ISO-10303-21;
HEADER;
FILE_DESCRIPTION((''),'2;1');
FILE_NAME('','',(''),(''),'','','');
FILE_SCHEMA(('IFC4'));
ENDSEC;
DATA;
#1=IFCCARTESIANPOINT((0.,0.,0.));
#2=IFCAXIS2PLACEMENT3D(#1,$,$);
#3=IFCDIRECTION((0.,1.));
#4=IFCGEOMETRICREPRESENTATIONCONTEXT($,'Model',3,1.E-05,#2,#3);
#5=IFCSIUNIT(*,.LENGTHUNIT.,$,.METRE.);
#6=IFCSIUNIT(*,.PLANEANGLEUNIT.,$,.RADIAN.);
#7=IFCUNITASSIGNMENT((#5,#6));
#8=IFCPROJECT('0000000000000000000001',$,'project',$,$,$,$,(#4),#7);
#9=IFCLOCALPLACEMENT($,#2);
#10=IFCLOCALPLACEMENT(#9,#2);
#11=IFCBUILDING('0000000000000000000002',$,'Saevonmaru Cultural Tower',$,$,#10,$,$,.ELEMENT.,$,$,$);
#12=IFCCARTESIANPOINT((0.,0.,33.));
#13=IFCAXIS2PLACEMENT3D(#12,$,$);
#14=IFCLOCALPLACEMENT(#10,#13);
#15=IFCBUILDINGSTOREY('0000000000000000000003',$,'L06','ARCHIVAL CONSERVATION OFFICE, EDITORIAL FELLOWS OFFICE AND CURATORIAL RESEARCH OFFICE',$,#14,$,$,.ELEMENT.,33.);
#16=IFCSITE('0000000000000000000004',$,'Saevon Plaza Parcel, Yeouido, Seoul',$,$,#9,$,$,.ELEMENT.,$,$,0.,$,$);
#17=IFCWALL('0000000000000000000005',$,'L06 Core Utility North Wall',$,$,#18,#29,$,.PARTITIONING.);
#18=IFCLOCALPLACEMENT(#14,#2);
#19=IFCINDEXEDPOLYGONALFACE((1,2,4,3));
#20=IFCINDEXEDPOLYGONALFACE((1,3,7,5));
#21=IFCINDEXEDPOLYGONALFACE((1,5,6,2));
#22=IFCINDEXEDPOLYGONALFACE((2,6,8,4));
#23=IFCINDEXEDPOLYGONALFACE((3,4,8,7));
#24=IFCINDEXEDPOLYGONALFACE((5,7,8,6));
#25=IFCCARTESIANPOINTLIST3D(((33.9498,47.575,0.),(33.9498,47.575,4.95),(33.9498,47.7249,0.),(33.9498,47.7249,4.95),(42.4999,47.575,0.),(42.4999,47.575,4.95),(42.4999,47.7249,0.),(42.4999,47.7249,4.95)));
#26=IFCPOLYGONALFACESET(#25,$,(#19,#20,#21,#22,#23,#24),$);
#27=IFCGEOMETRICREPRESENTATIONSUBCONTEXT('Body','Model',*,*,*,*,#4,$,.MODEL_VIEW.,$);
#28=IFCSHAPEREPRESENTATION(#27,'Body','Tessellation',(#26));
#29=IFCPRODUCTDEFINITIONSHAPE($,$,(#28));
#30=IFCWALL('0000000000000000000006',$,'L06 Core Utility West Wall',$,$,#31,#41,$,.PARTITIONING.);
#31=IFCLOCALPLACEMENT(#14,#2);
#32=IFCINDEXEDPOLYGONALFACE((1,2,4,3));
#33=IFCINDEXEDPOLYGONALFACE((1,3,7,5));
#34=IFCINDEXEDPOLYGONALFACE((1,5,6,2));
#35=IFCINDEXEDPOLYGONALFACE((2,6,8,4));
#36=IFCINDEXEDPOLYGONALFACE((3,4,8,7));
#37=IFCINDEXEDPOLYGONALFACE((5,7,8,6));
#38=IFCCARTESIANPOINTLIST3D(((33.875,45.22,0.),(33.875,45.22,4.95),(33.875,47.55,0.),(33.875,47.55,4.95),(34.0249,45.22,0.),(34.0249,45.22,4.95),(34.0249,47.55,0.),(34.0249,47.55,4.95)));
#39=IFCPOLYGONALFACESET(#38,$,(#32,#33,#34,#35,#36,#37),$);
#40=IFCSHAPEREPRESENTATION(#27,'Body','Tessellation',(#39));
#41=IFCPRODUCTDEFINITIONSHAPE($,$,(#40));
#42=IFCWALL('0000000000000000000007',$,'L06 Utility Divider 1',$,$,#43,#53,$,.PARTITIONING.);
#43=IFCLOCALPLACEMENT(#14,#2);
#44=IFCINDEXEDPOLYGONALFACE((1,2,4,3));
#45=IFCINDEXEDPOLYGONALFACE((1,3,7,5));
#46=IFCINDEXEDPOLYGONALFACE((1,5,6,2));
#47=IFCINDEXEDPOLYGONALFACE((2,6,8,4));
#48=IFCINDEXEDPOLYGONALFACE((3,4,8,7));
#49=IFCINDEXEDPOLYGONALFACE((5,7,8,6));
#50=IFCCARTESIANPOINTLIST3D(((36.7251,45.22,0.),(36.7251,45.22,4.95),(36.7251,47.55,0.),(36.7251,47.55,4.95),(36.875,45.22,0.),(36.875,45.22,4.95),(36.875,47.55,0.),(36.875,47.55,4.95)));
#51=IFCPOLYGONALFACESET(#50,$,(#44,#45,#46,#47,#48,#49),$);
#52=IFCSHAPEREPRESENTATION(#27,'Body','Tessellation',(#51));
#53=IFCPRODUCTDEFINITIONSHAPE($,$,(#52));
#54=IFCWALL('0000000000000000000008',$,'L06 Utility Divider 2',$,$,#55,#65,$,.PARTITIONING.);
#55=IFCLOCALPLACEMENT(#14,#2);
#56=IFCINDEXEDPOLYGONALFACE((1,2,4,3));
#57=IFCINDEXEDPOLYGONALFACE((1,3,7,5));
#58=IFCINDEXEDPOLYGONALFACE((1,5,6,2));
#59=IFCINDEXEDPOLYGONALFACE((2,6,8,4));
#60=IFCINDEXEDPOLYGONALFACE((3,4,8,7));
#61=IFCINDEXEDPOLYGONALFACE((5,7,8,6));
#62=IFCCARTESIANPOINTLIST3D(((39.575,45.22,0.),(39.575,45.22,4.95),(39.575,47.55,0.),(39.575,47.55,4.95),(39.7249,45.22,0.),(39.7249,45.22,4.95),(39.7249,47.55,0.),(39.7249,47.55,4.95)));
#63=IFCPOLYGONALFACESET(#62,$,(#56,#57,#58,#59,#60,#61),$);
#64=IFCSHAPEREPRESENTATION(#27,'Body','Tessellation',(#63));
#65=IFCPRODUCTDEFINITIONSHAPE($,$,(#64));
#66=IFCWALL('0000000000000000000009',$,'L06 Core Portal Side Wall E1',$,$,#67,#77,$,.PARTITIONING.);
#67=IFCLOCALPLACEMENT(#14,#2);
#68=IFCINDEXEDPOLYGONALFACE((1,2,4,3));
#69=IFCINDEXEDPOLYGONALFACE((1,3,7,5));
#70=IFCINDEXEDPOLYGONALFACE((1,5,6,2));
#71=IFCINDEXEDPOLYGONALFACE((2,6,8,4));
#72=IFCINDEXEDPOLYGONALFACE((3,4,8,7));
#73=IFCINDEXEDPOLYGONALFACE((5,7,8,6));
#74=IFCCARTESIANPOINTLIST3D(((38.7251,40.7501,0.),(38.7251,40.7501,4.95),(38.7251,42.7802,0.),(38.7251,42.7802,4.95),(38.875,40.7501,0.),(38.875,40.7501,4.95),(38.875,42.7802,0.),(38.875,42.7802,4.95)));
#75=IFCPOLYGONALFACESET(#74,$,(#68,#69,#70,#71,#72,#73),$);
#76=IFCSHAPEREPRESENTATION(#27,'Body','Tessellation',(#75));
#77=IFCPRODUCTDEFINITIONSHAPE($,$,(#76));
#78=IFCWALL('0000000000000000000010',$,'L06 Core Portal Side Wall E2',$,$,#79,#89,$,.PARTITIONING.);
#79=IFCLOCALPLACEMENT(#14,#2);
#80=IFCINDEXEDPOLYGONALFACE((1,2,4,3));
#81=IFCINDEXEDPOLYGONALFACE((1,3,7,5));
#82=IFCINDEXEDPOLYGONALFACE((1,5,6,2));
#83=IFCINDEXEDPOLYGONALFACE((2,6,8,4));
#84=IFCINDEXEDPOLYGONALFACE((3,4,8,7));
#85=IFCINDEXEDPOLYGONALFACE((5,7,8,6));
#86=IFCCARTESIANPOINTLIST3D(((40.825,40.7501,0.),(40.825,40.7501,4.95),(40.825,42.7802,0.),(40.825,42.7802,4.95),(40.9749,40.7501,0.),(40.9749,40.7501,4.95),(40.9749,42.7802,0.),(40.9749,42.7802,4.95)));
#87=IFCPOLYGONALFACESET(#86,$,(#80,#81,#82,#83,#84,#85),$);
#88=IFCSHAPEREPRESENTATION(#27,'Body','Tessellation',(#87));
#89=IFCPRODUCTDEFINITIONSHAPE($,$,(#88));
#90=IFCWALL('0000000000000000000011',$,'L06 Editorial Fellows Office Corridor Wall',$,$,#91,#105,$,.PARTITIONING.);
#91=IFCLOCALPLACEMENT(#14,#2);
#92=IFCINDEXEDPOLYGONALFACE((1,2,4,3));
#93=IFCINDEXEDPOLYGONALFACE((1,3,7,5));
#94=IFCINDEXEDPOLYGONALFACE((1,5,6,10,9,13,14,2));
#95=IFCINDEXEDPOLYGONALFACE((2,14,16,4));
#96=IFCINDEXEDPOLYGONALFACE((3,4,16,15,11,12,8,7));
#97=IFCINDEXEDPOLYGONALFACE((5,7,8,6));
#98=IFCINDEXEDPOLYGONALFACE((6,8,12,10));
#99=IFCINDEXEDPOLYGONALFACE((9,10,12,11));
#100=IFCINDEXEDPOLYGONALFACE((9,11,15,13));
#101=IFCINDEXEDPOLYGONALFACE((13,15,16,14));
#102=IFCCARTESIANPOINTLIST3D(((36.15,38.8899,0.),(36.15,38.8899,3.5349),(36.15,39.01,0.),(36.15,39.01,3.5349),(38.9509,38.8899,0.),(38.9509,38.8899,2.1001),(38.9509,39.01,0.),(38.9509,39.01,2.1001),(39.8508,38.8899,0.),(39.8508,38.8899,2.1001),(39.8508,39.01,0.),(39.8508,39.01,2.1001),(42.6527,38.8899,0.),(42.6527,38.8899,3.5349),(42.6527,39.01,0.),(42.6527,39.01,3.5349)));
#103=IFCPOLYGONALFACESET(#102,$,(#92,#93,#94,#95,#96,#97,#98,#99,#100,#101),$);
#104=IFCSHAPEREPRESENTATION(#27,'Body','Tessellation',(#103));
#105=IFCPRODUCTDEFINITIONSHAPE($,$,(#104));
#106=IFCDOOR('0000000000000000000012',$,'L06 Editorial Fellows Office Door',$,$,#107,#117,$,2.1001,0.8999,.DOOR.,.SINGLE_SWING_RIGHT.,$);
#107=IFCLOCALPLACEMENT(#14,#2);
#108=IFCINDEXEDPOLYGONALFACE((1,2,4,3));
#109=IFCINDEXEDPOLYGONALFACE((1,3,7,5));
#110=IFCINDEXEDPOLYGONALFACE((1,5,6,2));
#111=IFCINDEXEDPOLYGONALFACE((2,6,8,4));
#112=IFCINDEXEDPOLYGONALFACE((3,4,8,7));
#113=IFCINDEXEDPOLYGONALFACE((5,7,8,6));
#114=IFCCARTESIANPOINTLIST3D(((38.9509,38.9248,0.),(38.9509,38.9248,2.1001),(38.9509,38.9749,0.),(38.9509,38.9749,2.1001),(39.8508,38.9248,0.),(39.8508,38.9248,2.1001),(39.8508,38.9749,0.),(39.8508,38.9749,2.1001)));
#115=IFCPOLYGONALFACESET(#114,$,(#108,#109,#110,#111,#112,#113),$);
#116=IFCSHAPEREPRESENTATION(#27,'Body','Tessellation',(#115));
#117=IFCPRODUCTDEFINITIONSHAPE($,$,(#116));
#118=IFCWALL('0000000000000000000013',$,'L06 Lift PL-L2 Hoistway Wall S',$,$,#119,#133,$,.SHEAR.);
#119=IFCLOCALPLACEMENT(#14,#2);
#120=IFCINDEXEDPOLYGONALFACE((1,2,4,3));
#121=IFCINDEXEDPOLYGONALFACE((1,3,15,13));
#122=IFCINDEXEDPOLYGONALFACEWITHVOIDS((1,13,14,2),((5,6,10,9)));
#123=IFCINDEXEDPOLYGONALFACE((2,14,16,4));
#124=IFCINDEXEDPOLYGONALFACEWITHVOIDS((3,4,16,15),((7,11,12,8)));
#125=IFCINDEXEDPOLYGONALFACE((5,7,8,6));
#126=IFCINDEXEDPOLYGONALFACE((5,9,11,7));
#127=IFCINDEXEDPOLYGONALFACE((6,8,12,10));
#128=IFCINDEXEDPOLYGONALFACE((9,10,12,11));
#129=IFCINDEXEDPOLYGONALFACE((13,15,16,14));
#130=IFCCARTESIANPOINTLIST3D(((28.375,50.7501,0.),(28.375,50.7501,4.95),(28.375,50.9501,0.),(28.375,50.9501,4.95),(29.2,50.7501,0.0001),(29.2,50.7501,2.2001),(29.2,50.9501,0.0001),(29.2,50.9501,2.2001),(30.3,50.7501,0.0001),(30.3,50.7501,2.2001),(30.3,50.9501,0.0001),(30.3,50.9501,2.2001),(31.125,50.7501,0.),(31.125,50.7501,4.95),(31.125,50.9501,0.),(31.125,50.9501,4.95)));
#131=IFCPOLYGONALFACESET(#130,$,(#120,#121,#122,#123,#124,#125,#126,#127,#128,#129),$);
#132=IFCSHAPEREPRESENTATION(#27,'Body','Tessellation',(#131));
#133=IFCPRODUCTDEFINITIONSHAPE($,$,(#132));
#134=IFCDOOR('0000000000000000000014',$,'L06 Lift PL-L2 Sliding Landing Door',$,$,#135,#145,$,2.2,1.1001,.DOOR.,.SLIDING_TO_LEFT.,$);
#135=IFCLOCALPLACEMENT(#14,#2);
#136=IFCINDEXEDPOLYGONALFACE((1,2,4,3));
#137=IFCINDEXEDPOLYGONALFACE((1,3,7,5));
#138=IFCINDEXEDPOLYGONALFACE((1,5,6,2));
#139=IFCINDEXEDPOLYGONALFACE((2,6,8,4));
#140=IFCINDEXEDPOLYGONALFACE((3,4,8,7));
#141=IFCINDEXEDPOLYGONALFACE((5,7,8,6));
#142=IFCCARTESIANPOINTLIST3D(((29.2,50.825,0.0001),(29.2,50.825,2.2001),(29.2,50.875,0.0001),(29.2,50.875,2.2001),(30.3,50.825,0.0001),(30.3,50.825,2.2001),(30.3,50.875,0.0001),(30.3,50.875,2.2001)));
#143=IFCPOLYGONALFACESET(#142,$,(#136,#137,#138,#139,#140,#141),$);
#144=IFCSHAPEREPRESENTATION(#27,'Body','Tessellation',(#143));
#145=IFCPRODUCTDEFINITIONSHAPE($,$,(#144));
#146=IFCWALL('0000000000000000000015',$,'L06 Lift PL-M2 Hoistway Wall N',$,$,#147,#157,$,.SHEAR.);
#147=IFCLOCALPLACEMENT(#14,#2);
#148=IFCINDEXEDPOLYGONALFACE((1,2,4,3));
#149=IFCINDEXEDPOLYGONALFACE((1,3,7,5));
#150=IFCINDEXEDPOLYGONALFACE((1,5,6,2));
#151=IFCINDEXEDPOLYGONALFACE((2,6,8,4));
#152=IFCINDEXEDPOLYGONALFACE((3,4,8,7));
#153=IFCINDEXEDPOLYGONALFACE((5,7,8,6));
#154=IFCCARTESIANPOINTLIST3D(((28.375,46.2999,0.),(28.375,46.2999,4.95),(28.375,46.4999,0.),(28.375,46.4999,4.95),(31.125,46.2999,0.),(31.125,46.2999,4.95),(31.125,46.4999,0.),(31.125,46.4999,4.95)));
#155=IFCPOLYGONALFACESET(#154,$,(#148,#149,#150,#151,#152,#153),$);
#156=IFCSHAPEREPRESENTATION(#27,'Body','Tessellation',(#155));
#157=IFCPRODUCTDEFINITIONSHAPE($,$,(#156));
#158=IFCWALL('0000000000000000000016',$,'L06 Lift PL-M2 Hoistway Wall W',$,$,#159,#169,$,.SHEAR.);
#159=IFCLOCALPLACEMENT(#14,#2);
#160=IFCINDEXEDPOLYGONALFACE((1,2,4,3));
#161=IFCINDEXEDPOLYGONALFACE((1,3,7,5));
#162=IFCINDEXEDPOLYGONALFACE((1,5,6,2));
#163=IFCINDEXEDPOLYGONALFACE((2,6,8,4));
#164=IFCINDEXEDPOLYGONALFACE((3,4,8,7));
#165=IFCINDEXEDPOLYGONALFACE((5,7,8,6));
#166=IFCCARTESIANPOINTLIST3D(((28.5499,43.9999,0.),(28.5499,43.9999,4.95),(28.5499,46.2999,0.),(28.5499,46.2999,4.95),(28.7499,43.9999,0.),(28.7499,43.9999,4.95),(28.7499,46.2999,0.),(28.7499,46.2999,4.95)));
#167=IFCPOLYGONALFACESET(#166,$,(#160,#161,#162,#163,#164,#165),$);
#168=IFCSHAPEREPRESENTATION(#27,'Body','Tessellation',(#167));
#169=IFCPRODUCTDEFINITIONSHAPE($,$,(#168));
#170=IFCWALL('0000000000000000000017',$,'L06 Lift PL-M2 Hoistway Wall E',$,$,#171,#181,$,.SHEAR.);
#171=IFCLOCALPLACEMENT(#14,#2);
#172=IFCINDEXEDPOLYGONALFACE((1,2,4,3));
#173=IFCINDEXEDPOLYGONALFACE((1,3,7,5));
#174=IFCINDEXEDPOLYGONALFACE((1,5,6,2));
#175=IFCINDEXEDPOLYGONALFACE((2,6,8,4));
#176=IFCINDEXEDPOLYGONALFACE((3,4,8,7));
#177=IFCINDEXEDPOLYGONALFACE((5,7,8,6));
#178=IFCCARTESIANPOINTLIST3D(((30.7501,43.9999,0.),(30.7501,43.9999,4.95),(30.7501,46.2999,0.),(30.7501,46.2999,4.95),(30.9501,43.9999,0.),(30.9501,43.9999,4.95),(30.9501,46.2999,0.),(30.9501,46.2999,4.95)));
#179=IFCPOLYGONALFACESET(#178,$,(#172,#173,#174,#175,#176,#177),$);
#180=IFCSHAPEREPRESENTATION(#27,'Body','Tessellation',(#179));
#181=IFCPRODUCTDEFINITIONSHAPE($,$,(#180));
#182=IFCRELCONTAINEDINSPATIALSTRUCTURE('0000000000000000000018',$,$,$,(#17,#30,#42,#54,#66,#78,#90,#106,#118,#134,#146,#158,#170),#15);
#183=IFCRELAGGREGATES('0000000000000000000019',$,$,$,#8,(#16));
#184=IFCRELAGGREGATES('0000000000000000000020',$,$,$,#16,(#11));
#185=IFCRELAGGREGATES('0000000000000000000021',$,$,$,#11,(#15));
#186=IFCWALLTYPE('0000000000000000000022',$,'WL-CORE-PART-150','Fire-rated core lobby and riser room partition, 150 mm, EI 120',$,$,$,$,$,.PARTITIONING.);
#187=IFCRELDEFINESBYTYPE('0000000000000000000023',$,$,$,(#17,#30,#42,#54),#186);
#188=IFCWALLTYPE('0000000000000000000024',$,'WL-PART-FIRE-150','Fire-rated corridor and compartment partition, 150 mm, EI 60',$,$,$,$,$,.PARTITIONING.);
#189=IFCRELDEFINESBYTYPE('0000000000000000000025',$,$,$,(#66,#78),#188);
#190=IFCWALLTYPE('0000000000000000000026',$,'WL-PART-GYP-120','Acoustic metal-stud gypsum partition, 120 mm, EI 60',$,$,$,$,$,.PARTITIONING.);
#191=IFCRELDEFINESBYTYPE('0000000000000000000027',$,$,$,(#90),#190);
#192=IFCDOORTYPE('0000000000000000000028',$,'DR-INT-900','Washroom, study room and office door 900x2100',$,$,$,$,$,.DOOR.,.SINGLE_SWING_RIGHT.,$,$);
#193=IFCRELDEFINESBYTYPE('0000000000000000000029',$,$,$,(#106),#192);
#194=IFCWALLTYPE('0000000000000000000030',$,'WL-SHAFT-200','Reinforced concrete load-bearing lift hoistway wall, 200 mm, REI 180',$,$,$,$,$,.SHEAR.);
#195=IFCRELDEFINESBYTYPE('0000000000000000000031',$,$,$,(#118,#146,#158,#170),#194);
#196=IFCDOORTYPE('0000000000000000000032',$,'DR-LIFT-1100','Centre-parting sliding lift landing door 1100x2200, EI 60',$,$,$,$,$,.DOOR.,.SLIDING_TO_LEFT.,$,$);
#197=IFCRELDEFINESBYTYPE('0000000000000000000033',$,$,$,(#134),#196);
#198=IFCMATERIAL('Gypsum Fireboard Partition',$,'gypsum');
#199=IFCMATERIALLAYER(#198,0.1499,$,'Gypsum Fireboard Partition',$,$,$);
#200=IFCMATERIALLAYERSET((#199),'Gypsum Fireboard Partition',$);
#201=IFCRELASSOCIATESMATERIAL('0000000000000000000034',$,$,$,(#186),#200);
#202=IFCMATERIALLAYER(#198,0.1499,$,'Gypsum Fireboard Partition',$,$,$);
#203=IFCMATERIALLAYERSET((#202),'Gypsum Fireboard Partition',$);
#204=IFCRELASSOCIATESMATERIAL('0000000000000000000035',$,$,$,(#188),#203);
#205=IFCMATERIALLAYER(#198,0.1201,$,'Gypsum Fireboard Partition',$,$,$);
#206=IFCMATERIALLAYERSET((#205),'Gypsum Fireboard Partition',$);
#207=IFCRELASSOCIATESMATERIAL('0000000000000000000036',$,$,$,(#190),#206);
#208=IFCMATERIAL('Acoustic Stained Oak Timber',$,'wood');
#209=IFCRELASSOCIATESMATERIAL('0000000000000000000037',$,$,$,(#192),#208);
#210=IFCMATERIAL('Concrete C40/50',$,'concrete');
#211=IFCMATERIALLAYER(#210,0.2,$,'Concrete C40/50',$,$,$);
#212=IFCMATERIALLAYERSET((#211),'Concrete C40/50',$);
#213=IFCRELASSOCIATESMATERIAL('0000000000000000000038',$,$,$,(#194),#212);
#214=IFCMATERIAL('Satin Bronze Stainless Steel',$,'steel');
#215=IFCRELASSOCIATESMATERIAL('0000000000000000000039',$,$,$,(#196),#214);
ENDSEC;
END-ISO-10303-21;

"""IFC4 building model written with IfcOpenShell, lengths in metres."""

from ifc_helpers import new_model, si_unit, direction, frame, frame_2d, origin, place, context, subcontext, project, spatial, rectangle, extrude, material, layer, layer_set, type_object, element, fill, save


model = new_model("IFC4")

# Units and contexts
model_context = context("Model", 3, precision=1e-05, world=origin(), true_north=direction((0.0, 1.0)))
body_context = subcontext(model_context, "Body", "Model", "MODEL_VIEW")
ifc_project = project(units=[si_unit("LENGTHUNIT", "METRE"), si_unit("PLANEANGLEUNIT", "RADIAN")], contexts=[model_context])

# Site, building, storey
site_placement = place(None, origin())
site = spatial("IfcSite", under=ifc_project, at=site_placement, Name="Saevon Plaza Parcel, Yeouido, Seoul", CompositionType="ELEMENT", RefElevation=0.0)
building_placement = place(site_placement, origin())
building = spatial("IfcBuilding", under=site, at=building_placement, Name="Saevonmaru Cultural Tower", CompositionType="ELEMENT")
storey_placement = place(building_placement, frame((0.0, 0.0, 33.0)))
storey = spatial("IfcBuildingStorey", under=building, at=storey_placement, Name="L06", Description="ARCHIVAL CONSERVATION OFFICE, EDITORIAL FELLOWS OFFICE AND CURATORIAL RESEARCH OFFICE", CompositionType="ELEMENT", Elevation=33.0)

# Shared definitions
ifc_material_1 = material(Name="Gypsum Fireboard Partition", Category="gypsum")
ifc_layer_1 = layer(ifc_material_1, 0.1499, Name="Gypsum Fireboard Partition")
ifc_layer_set_1 = layer_set([ifc_layer_1], Name="Gypsum Fireboard Partition")
wall_type_1 = type_object("IfcWallType", Name="WL-CORE-PART-150", Description="Fire-rated core lobby and riser room partition, 150 mm, EI 120", PredefinedType="PARTITIONING", material=ifc_layer_set_1)

# Walls
wall_1_placement = place(storey_placement, frame((33.95, 47.6499, 0.0), z_axis=(0.0, 0.0, 1.0), x_axis=(1.0, 0.0, 0.0)))
element("IfcWall", 1, at=wall_1_placement, inside=storey, type_object=wall_type_1, Name="L06 Core Utility North Wall", PredefinedType="PARTITIONING", context=body_context, shape_type="SweptSolid", body=[
    extrude(rectangle(XDim=8.55, YDim=0.1499, at=frame_2d((4.2749, 0.0))), origin(), (0.0, 0.0, 1.0), 4.95),
])
for number, where, z_axis, x_axis, name in (
    (2, (33.95, 45.22, 0.0), (0.0, 0.0, 1.0), (0.0, 1.0, 0.0), "L06 Core Utility West Wall"),
    (3, (36.8, 45.22, 0.0), (0.0, 0.0, 1.0), (0.0, 1.0, 0.0), "L06 Utility Divider 1"),
    (4, (39.6499, 45.22, 0.0), (0.0, 0.0, 1.0), (0.0, 1.0, 0.0), "L06 Utility Divider 2"),
):
    element("IfcWall", number, at=place(storey_placement, frame(where, z_axis=z_axis, x_axis=x_axis)), inside=storey, type_object=wall_type_1, Name=name, PredefinedType="PARTITIONING", context=body_context, shape_type="SweptSolid", body=[
        extrude(rectangle(XDim=2.3301, YDim=0.1499, at=frame_2d((1.165, 0.0))), origin(), (0.0, 0.0, 1.0), 4.95),
    ])
ifc_layer_2 = layer(ifc_material_1, 0.1499, Name="Gypsum Fireboard Partition")
ifc_layer_set_2 = layer_set([ifc_layer_2], Name="Gypsum Fireboard Partition")
wall_type_2 = type_object("IfcWallType", Name="WL-PART-FIRE-150", Description="Fire-rated corridor and compartment partition, 150 mm, EI 60", PredefinedType="PARTITIONING", material=ifc_layer_set_2)
for number, where, z_axis, x_axis, name in (
    (5, (38.8, 40.75, 0.0), (0.0, 0.0, 1.0), (0.0, 1.0, 0.0), "L06 Core Portal Side Wall E1"),
    (6, (40.8999, 40.75, 0.0), (0.0, 0.0, 1.0), (0.0, 1.0, 0.0), "L06 Core Portal Side Wall E2"),
):
    element("IfcWall", number, at=place(storey_placement, frame(where, z_axis=z_axis, x_axis=x_axis)), inside=storey, type_object=wall_type_2, Name=name, PredefinedType="PARTITIONING", context=body_context, shape_type="SweptSolid", body=[
        extrude(rectangle(XDim=2.03, YDim=0.1499, at=frame_2d((1.0151, 0.0))), origin(), (0.0, 0.0, 1.0), 4.95),
    ])

# Walls, openings, doors
ifc_layer_3 = layer(ifc_material_1, 0.1201, Name="Gypsum Fireboard Partition")
ifc_layer_set_3 = layer_set([ifc_layer_3], Name="Gypsum Fireboard Partition")
wall_type_3 = type_object("IfcWallType", Name="WL-PART-GYP-120", Description="Acoustic metal-stud gypsum partition, 120 mm, EI 60", PredefinedType="PARTITIONING", material=ifc_layer_set_3)
wall_2_placement = place(storey_placement, frame((36.1499, 38.95, 0.0), z_axis=(0.0, 0.0, 1.0), x_axis=(1.0, 0.0, 0.0)))
wall_2 = element("IfcWall", 7, at=wall_2_placement, inside=storey, type_object=wall_type_3, Name="L06 Editorial Fellows Office Corridor Wall", PredefinedType="PARTITIONING", context=body_context, shape_type="SweptSolid", body=[
    extrude(rectangle(XDim=6.5027, YDim=0.1201, at=frame_2d((3.2515, 0.0))), origin(), (0.0, 0.0, 1.0), 3.5349),
])
opening_1_placement = place(wall_2_placement, frame((2.801, 0.0, 0.0)))
opening_1 = element("IfcOpeningElement", 8, at=opening_1_placement, cuts=wall_2, PredefinedType="OPENING", context=body_context, shape_type="SweptSolid", body=[
    extrude(rectangle(XDim=0.8999, YDim=2.1001, at=frame_2d((0.45, 1.05))), frame((0.0, 0.0701, 0.0), z_axis=(0.0, -1.0, 0.0), x_axis=(1.0, 0.0, 0.0)), (0.0, 0.0, 1.0), 0.1401),
])
ifc_material_2 = material(Name="Acoustic Stained Oak Timber", Category="wood")
door_type_1 = type_object("IfcDoorType", Name="DR-INT-900", Description="Washroom, study room and office door 900x2100", OperationType="SINGLE_SWING_RIGHT", PredefinedType="DOOR", material=ifc_material_2)
door_1_placement = place(opening_1_placement, origin())
door_1 = element("IfcDoor", 9, at=door_1_placement, inside=storey, type_object=door_type_1, Name="L06 Editorial Fellows Office Door", OperationType="SINGLE_SWING_RIGHT", OverallHeight=2.1001, OverallWidth=0.8999, PredefinedType="DOOR", context=body_context, shape_type="SweptSolid", body=[
    extrude(rectangle(XDim=0.8999, YDim=2.1001, at=frame_2d((0.45, 1.05))), frame((0.0, 0.0249, 0.0), z_axis=(0.0, -1.0, 0.0), x_axis=(1.0, 0.0, 0.0)), (0.0, 0.0, 1.0), 0.05),
])
fill(opening_1, door_1)
ifc_material_3 = material(Name="Concrete C40/50", Category="concrete")
ifc_layer_4 = layer(ifc_material_3, 0.2, Name="Concrete C40/50")
ifc_layer_set_4 = layer_set([ifc_layer_4], Name="Concrete C40/50")
wall_type_4 = type_object("IfcWallType", Name="WL-SHAFT-200", Description="Reinforced concrete load-bearing lift hoistway wall, 200 mm, REI 180", PredefinedType="SHEAR", material=ifc_layer_set_4)
wall_3_placement = place(storey_placement, frame((28.375, 50.8501, 0.0), z_axis=(0.0, 0.0, 1.0), x_axis=(1.0, 0.0, 0.0)))
wall_3 = element("IfcWall", 10, at=wall_3_placement, inside=storey, type_object=wall_type_4, Name="L06 Lift PL-L2 Hoistway Wall S", PredefinedType="SHEAR", context=body_context, shape_type="SweptSolid", body=[
    extrude(rectangle(XDim=2.75, YDim=0.2, at=frame_2d((1.375, 0.0))), origin(), (0.0, 0.0, 1.0), 4.95),
])
opening_2_placement = place(wall_3_placement, frame((0.825, 0.0, 0.0)))
opening_2 = element("IfcOpeningElement", 11, at=opening_2_placement, cuts=wall_3, PredefinedType="OPENING", context=body_context, shape_type="SweptSolid", body=[
    extrude(rectangle(XDim=1.1001, YDim=2.2, at=frame_2d((0.55, 1.1001))), frame((0.0, 0.1099, 0.0), z_axis=(0.0, -1.0, 0.0), x_axis=(1.0, 0.0, 0.0)), (0.0, 0.0, 1.0), 0.22),
])
ifc_material_4 = material(Name="Satin Bronze Stainless Steel", Category="steel")
door_type_2 = type_object("IfcDoorType", Name="DR-LIFT-1100", Description="Centre-parting sliding lift landing door 1100x2200, EI 60", OperationType="SLIDING_TO_LEFT", PredefinedType="DOOR", material=ifc_material_4)
door_2_placement = place(opening_2_placement, origin())
door_2 = element("IfcDoor", 12, at=door_2_placement, inside=storey, type_object=door_type_2, Name="L06 Lift PL-L2 Sliding Landing Door", OperationType="SLIDING_TO_LEFT", OverallHeight=2.2, OverallWidth=1.1001, PredefinedType="DOOR", context=body_context, shape_type="SweptSolid", body=[
    extrude(rectangle(XDim=1.1001, YDim=2.2, at=frame_2d((0.55, 1.1001))), frame((0.0, 0.0249, 0.0), z_axis=(0.0, -1.0, 0.0), x_axis=(1.0, 0.0, 0.0)), (0.0, 0.0, 1.0), 0.05),
])
fill(opening_2, door_2)

# Walls
wall_4_placement = place(storey_placement, frame((28.375, 46.3999, 0.0), z_axis=(0.0, 0.0, 1.0), x_axis=(1.0, 0.0, 0.0)))
element("IfcWall", 13, at=wall_4_placement, inside=storey, type_object=wall_type_4, Name="L06 Lift PL-M2 Hoistway Wall N", PredefinedType="SHEAR", context=body_context, shape_type="SweptSolid", body=[
    extrude(rectangle(XDim=2.75, YDim=0.2, at=frame_2d((1.375, 0.0))), origin(), (0.0, 0.0, 1.0), 4.95),
])
for number, where, z_axis, x_axis, name in (
    (14, (28.6499, 44.0, 0.0), (0.0, 0.0, 1.0), (0.0, 1.0, 0.0), "L06 Lift PL-M2 Hoistway Wall W"),
    (15, (30.8501, 44.0, 0.0), (0.0, 0.0, 1.0), (0.0, 1.0, 0.0), "L06 Lift PL-M2 Hoistway Wall E"),
):
    element("IfcWall", number, at=place(storey_placement, frame(where, z_axis=z_axis, x_axis=x_axis)), inside=storey, type_object=wall_type_4, Name=name, PredefinedType="SHEAR", context=body_context, shape_type="SweptSolid", body=[
        extrude(rectangle(XDim=2.3, YDim=0.2, at=frame_2d((1.1499, 0.0))), origin(), (0.0, 0.0, 1.0), 4.95),
    ])

save(model, "model.ifc")
